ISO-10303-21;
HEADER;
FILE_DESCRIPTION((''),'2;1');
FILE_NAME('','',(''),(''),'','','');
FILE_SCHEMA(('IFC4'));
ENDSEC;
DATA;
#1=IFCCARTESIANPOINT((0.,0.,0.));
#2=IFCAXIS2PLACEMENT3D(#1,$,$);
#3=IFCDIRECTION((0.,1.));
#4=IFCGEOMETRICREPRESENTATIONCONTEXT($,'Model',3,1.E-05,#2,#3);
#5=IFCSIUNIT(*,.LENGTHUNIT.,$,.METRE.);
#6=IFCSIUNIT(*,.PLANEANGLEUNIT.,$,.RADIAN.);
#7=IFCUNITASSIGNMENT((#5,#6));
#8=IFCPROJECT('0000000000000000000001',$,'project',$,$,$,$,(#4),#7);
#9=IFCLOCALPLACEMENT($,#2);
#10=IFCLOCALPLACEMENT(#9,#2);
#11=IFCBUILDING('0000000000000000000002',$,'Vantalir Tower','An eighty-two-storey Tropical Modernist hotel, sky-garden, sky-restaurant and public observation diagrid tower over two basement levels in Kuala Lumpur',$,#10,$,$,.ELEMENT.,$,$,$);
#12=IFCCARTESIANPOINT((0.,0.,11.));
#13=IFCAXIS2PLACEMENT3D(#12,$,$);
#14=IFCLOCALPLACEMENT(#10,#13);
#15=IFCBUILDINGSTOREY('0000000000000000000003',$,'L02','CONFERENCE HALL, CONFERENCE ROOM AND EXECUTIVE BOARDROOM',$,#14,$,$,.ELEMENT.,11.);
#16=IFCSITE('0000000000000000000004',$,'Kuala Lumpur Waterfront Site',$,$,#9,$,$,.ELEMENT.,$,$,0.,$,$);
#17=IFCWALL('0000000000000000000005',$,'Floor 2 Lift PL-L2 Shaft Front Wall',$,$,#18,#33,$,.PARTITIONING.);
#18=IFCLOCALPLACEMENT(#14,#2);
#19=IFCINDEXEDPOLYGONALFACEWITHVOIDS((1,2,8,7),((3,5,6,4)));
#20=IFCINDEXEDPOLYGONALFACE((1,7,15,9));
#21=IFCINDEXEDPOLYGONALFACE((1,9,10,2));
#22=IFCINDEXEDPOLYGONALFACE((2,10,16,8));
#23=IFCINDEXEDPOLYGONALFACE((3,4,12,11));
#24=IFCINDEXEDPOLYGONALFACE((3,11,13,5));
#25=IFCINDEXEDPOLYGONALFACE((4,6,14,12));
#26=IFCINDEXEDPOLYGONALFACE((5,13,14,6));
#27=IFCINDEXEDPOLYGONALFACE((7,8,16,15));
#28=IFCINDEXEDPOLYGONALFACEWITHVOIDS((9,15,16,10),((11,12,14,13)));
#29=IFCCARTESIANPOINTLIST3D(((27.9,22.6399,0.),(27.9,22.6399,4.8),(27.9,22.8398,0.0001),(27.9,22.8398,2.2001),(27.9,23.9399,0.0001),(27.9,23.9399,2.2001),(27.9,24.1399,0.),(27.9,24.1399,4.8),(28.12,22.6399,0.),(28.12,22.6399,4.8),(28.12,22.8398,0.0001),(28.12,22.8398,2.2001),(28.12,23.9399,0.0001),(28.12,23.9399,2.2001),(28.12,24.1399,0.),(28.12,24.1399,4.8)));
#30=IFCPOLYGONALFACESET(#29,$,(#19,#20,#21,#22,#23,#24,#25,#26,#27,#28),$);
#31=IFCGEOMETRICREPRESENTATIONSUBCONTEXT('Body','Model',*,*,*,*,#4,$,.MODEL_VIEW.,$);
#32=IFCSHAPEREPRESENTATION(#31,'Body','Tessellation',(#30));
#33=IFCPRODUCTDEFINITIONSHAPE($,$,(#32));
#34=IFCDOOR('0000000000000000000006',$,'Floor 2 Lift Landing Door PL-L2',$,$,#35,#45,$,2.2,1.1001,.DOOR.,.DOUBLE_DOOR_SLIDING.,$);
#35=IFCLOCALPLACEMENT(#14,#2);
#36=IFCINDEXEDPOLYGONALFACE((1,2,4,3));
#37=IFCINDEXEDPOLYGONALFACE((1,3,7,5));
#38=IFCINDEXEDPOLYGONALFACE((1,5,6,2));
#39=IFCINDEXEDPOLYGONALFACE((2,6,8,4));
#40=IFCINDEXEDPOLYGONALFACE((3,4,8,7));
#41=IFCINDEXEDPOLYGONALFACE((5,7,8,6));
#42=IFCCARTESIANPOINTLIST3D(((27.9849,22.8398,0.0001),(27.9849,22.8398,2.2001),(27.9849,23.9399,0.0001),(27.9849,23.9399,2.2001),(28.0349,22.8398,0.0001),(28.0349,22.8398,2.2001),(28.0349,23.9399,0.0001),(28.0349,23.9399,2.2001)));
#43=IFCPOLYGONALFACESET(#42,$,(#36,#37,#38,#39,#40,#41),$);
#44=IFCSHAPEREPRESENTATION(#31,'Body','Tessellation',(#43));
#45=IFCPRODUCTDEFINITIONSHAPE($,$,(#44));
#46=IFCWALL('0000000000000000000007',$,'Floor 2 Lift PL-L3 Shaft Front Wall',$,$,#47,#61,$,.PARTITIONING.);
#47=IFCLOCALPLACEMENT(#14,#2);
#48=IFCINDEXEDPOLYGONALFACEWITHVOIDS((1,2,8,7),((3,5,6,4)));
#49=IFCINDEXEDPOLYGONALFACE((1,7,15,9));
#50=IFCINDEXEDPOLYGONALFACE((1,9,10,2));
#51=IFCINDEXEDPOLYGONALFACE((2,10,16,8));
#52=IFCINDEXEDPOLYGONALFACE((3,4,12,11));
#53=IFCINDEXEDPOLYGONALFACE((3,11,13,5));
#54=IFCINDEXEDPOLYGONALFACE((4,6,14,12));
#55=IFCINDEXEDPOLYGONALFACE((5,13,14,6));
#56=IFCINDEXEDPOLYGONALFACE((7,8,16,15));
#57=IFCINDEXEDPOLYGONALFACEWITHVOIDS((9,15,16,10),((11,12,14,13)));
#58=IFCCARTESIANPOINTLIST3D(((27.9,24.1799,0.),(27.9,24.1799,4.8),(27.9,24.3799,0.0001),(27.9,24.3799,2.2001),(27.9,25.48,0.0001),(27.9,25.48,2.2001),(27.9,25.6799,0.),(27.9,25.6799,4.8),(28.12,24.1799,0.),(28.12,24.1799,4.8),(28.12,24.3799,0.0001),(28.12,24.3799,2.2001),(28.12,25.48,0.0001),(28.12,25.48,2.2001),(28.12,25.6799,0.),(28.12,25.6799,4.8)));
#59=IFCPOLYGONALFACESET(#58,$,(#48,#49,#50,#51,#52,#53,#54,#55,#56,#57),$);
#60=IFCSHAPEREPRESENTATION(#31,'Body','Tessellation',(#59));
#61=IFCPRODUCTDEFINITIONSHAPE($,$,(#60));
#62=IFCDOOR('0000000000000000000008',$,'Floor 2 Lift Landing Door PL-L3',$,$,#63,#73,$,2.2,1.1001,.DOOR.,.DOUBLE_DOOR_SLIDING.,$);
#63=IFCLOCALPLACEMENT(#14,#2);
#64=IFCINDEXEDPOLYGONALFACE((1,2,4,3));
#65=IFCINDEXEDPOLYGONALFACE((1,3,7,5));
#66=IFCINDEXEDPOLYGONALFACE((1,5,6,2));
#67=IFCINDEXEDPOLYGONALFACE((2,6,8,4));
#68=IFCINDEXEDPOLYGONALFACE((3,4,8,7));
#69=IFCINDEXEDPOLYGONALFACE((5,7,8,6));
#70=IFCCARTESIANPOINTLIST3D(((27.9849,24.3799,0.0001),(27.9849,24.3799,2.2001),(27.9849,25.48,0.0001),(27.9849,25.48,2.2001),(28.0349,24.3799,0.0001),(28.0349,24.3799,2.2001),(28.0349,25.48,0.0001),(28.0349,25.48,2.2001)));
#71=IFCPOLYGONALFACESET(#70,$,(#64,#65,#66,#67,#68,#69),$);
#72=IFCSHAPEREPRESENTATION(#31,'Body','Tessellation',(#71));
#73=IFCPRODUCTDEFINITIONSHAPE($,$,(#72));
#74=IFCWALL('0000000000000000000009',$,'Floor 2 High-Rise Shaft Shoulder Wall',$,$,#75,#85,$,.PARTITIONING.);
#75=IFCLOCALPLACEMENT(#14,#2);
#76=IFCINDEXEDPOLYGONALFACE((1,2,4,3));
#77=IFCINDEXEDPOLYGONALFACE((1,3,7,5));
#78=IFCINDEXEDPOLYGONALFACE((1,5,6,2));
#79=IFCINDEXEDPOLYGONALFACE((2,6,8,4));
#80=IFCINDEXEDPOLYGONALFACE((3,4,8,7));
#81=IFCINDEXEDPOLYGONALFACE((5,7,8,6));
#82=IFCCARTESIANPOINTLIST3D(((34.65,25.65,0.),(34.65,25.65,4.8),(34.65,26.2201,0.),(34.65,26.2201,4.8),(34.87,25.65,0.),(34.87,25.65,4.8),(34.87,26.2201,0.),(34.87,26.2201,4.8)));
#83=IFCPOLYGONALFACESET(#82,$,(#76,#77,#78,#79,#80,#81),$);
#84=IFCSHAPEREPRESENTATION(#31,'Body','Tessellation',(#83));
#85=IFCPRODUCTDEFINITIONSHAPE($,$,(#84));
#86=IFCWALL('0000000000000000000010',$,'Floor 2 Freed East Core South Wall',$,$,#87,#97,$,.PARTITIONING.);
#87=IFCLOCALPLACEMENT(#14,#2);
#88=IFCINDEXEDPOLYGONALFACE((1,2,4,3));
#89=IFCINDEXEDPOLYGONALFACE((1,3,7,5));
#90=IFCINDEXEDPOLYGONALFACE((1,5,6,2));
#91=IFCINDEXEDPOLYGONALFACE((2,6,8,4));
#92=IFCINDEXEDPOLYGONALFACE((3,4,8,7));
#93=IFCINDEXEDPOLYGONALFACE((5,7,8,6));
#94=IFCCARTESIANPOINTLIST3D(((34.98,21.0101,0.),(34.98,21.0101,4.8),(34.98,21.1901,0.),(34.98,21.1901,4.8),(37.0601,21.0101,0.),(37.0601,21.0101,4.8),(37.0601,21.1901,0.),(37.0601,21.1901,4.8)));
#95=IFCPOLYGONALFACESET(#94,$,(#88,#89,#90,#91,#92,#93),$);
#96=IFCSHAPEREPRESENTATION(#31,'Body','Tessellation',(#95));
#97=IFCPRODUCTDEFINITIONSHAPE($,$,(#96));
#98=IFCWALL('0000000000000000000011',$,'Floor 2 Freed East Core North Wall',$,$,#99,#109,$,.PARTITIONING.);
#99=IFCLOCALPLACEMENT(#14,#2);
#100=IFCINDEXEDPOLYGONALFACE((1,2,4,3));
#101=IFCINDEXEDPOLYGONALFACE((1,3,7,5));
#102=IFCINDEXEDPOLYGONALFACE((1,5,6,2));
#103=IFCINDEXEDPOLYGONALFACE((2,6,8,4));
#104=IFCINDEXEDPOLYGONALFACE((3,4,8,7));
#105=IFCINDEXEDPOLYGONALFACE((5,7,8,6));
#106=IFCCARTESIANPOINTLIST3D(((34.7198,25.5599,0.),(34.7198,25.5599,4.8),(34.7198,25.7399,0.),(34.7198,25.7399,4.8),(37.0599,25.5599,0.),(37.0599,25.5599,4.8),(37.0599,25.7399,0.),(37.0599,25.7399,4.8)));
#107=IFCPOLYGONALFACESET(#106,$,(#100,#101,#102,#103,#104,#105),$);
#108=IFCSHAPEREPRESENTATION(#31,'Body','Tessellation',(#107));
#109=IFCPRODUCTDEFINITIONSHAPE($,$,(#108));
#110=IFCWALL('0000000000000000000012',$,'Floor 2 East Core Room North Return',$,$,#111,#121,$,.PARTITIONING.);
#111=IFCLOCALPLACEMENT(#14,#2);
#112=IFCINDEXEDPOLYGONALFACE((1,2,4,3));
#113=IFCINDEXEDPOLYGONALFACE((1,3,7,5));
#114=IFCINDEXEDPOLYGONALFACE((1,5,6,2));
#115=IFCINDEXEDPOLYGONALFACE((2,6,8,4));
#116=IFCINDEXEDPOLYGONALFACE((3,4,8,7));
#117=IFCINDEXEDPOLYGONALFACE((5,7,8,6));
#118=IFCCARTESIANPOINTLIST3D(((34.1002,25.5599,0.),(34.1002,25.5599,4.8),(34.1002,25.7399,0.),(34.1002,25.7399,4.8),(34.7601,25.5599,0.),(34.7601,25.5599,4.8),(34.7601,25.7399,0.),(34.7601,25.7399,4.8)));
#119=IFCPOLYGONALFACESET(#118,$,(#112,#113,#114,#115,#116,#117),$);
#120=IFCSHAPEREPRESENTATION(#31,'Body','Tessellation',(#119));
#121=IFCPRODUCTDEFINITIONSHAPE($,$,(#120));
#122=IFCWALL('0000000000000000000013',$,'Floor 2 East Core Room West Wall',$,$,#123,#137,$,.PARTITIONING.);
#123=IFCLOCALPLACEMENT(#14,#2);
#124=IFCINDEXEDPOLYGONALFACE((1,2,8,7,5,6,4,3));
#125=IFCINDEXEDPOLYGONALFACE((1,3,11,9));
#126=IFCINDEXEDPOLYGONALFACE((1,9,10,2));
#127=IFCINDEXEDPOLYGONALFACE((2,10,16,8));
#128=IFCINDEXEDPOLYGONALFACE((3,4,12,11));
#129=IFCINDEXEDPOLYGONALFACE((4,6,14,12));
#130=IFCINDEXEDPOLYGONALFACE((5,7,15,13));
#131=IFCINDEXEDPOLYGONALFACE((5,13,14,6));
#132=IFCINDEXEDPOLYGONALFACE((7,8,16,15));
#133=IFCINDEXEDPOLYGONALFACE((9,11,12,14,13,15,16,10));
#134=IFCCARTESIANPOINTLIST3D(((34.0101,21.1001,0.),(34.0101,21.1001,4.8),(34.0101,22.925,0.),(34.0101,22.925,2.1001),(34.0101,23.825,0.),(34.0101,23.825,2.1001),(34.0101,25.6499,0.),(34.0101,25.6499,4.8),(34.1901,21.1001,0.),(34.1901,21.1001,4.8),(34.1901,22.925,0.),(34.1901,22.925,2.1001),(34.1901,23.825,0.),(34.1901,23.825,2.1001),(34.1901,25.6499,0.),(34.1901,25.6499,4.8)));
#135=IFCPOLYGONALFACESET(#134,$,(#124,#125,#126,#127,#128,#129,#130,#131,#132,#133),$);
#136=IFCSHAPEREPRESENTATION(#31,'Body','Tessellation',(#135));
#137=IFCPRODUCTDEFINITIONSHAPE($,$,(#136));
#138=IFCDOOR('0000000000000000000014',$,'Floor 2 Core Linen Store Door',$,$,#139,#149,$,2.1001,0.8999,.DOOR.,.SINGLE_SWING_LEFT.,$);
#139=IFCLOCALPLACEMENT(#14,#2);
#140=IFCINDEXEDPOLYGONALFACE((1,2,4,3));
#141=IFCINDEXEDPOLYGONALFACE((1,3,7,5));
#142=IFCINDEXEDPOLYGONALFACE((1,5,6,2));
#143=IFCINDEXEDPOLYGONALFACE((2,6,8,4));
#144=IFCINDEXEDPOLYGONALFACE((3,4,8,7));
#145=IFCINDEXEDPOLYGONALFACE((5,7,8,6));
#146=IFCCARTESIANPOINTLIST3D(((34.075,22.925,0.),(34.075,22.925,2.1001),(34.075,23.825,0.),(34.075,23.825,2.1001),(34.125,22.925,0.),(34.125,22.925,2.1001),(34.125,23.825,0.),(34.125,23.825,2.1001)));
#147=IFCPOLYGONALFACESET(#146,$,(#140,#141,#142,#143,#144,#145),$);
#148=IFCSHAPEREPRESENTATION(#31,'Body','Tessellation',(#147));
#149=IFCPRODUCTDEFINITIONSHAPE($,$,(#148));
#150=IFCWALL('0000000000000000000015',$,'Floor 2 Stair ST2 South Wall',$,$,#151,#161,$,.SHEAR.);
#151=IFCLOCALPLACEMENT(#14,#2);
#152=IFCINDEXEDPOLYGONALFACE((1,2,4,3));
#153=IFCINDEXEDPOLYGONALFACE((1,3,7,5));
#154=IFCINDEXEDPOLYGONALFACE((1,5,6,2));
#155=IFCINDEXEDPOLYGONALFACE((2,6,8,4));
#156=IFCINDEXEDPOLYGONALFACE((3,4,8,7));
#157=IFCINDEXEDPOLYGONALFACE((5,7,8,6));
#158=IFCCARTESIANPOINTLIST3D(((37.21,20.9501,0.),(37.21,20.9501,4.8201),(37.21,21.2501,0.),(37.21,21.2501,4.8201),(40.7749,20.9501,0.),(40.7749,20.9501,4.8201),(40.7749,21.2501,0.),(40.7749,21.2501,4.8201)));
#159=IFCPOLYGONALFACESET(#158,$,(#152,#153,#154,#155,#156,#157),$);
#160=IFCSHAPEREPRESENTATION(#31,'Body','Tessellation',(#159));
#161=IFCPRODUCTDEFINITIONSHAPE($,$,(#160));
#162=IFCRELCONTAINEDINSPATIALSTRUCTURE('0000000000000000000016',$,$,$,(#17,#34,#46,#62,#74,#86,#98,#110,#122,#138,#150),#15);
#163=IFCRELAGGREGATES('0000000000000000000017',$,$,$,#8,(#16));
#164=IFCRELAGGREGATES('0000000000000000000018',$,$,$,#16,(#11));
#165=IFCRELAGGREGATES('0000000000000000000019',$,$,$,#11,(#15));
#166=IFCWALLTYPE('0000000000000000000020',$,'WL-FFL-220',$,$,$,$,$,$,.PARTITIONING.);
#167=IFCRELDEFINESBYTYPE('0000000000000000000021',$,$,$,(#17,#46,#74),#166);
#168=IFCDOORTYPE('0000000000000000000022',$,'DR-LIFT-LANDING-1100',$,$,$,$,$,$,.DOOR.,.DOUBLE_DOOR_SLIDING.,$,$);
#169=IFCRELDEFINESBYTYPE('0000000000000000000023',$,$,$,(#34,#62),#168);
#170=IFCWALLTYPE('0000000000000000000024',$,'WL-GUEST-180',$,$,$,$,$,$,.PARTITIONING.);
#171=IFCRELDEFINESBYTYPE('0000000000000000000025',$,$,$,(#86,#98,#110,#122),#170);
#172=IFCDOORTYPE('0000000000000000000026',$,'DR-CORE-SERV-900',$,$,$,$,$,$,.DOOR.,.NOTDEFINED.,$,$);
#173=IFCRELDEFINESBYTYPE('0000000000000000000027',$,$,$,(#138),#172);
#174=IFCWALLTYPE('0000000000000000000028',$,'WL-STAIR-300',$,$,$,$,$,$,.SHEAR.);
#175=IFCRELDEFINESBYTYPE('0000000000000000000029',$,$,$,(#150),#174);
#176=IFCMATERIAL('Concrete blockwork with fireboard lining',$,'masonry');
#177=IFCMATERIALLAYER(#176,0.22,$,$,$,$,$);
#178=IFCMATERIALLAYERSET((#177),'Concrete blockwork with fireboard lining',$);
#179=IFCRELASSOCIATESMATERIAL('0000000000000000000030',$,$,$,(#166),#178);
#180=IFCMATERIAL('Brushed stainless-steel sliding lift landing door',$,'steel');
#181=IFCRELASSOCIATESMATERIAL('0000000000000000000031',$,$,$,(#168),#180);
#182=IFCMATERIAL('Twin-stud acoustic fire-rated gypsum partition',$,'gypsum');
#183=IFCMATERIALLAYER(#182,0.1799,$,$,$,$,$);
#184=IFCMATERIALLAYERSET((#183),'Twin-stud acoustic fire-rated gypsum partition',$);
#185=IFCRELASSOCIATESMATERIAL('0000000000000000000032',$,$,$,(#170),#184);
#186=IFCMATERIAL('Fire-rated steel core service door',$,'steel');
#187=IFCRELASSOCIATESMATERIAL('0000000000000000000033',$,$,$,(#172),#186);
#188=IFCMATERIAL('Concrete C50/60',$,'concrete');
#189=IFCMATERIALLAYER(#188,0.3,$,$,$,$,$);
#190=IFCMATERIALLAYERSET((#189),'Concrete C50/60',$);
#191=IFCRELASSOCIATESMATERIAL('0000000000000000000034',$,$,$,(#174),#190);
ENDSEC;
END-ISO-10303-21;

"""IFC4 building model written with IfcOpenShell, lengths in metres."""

from ifc_helpers import new_model, si_unit, direction, frame, frame_2d, origin, place, context, subcontext, project, spatial, rectangle, extrude, material, layer, layer_set, type_object, element, fill, save


model = new_model("IFC4")

# Units and contexts
model_context = context("Model", 3, precision=1e-05, world=origin(), true_north=direction((0.0, 1.0)))
body_context = subcontext(model_context, "Body", "Model", "MODEL_VIEW")
ifc_project = project(units=[si_unit("LENGTHUNIT", "METRE"), si_unit("PLANEANGLEUNIT", "RADIAN")], contexts=[model_context])

# Site, building, storey
site_placement = place(None, origin())
site = spatial("IfcSite", under=ifc_project, at=site_placement, Name="Kuala Lumpur Waterfront Site", CompositionType="ELEMENT", RefElevation=0.0)
building_placement = place(site_placement, origin())
building = spatial("IfcBuilding", under=site, at=building_placement, Name="Vantalir Tower", Description="An eighty-two-storey Tropical Modernist hotel, sky-garden, sky-restaurant and public observation diagrid tower over two basement levels in Kuala Lumpur", CompositionType="ELEMENT")
storey_placement = place(building_placement, frame((0.0, 0.0, 11.0)))
storey = spatial("IfcBuildingStorey", under=building, at=storey_placement, Name="L02", Description="CONFERENCE HALL, CONFERENCE ROOM AND EXECUTIVE BOARDROOM", CompositionType="ELEMENT", Elevation=11.0)

# Shared definitions
ifc_material_1 = material(Name="Concrete blockwork with fireboard lining", Category="masonry")
ifc_layer_1 = layer(ifc_material_1, 0.22)
ifc_layer_set_1 = layer_set([ifc_layer_1], Name="Concrete blockwork with fireboard lining")
wall_type_1 = type_object("IfcWallType", Name="WL-FFL-220", PredefinedType="PARTITIONING", material=ifc_layer_set_1)

# Walls, openings, doors
wall_1_placement = place(storey_placement, frame((28.01, 22.6399, 0.0), z_axis=(0.0, 0.0, 1.0), x_axis=(0.0, 1.0, 0.0)))
wall_1 = element("IfcWall", 1, at=wall_1_placement, inside=storey, type_object=wall_type_1, Name="Floor 2 Lift PL-L2 Shaft Front Wall", PredefinedType="PARTITIONING", context=body_context, shape_type="SweptSolid", body=[
    extrude(rectangle(XDim=1.5, YDim=0.22, at=frame_2d((0.75, 0.0))), origin(), (0.0, 0.0, 1.0), 4.8),
])
opening_1_placement = place(wall_1_placement, frame((0.2, 0.0, 0.0)))
opening_1 = element("IfcOpeningElement", 2, at=opening_1_placement, cuts=wall_1, PredefinedType="OPENING", context=body_context, shape_type="SweptSolid", body=[
    extrude(rectangle(XDim=1.1001, YDim=2.2, at=frame_2d((0.55, 1.1001))), frame((0.0, 0.1199, 0.0), z_axis=(0.0, -1.0, 0.0), x_axis=(1.0, 0.0, 0.0)), (0.0, 0.0, 1.0), 0.24),
])
ifc_material_2 = material(Name="Brushed stainless-steel sliding lift landing door", Category="steel")
door_type_1 = type_object("IfcDoorType", Name="DR-LIFT-LANDING-1100", OperationType="DOUBLE_DOOR_SLIDING", PredefinedType="DOOR", material=ifc_material_2)
door_1_placement = place(opening_1_placement, frame((1.1001, 0.0, 0.0), z_axis=(0.0, 0.0, 1.0), x_axis=(-1.0, 0.0, 0.0)))
door_1 = element("IfcDoor", 3, at=door_1_placement, inside=storey, type_object=door_type_1, Name="Floor 2 Lift Landing Door PL-L2", OperationType="DOUBLE_DOOR_SLIDING", OverallHeight=2.2, OverallWidth=1.1001, PredefinedType="DOOR", context=body_context, shape_type="SweptSolid", body=[
    extrude(rectangle(XDim=1.1001, YDim=2.2, at=frame_2d((0.55, 1.1001))), frame((0.0, 0.0249, 0.0), z_axis=(0.0, -1.0, 0.0), x_axis=(1.0, 0.0, 0.0)), (0.0, 0.0, 1.0), 0.05),
])
fill(opening_1, door_1)
wall_2_placement = place(storey_placement, frame((28.01, 24.1799, 0.0), z_axis=(0.0, 0.0, 1.0), x_axis=(0.0, 1.0, 0.0)))
wall_2 = element("IfcWall", 4, at=wall_2_placement, inside=storey, type_object=wall_type_1, Name="Floor 2 Lift PL-L3 Shaft Front Wall", PredefinedType="PARTITIONING", context=body_context, shape_type="SweptSolid", body=[
    extrude(rectangle(XDim=1.5, YDim=0.22, at=frame_2d((0.75, 0.0))), origin(), (0.0, 0.0, 1.0), 4.8),
])
opening_2_placement = place(wall_2_placement, frame((0.2, 0.0, 0.0)))
opening_2 = element("IfcOpeningElement", 5, at=opening_2_placement, cuts=wall_2, PredefinedType="OPENING", context=body_context, shape_type="SweptSolid", body=[
    extrude(rectangle(XDim=1.1001, YDim=2.2, at=frame_2d((0.55, 1.1001))), frame((0.0, 0.1199, 0.0), z_axis=(0.0, -1.0, 0.0), x_axis=(1.0, 0.0, 0.0)), (0.0, 0.0, 1.0), 0.24),
])
door_2_placement = place(opening_2_placement, frame((1.1001, 0.0, 0.0), z_axis=(0.0, 0.0, 1.0), x_axis=(-1.0, 0.0, 0.0)))
door_2 = element("IfcDoor", 6, at=door_2_placement, inside=storey, type_object=door_type_1, Name="Floor 2 Lift Landing Door PL-L3", OperationType="DOUBLE_DOOR_SLIDING", OverallHeight=2.2, OverallWidth=1.1001, PredefinedType="DOOR", context=body_context, shape_type="SweptSolid", body=[
    extrude(rectangle(XDim=1.1001, YDim=2.2, at=frame_2d((0.55, 1.1001))), frame((0.0, 0.0249, 0.0), z_axis=(0.0, -1.0, 0.0), x_axis=(1.0, 0.0, 0.0)), (0.0, 0.0, 1.0), 0.05),
])
fill(opening_2, door_2)

# Walls
wall_3_placement = place(storey_placement, frame((34.76, 25.6499, 0.0), z_axis=(0.0, 0.0, 1.0), x_axis=(0.0, 1.0, 0.0)))
element("IfcWall", 7, at=wall_3_placement, inside=storey, type_object=wall_type_1, Name="Floor 2 High-Rise Shaft Shoulder Wall", PredefinedType="PARTITIONING", context=body_context, shape_type="SweptSolid", body=[
    extrude(rectangle(XDim=0.5701, YDim=0.22, at=frame_2d((0.2852, 0.0))), origin(), (0.0, 0.0, 1.0), 4.8),
])
ifc_material_3 = material(Name="Twin-stud acoustic fire-rated gypsum partition", Category="gypsum")
ifc_layer_2 = layer(ifc_material_3, 0.1799)
ifc_layer_set_2 = layer_set([ifc_layer_2], Name="Twin-stud acoustic fire-rated gypsum partition")
wall_type_2 = type_object("IfcWallType", Name="WL-GUEST-180", PredefinedType="PARTITIONING", material=ifc_layer_set_2)
wall_4_placement = place(storey_placement, frame((34.98, 21.1001, 0.0), z_axis=(0.0, 0.0, 1.0), x_axis=(1.0, 0.0, 0.0)))
element("IfcWall", 8, at=wall_4_placement, inside=storey, type_object=wall_type_2, Name="Floor 2 Freed East Core South Wall", PredefinedType="PARTITIONING", context=body_context, shape_type="SweptSolid", body=[
    extrude(rectangle(XDim=2.0801, YDim=0.1799, at=frame_2d((1.04, 0.0))), origin(), (0.0, 0.0, 1.0), 4.8),
])
wall_5_placement = place(storey_placement, frame((34.72, 25.6499, 0.0), z_axis=(0.0, 0.0, 1.0), x_axis=(1.0, 0.0, 0.0)))
element("IfcWall", 9, at=wall_5_placement, inside=storey, type_object=wall_type_2, Name="Floor 2 Freed East Core North Wall", PredefinedType="PARTITIONING", context=body_context, shape_type="SweptSolid", body=[
    extrude(rectangle(XDim=2.3401, YDim=0.1799, at=frame_2d((1.1699, 0.0))), origin(), (0.0, 0.0, 1.0), 4.8),
])
wall_6_placement = place(storey_placement, frame((34.1001, 25.6499, 0.0), z_axis=(0.0, 0.0, 1.0), x_axis=(1.0, 0.0, 0.0)))
element("IfcWall", 10, at=wall_6_placement, inside=storey, type_object=wall_type_2, Name="Floor 2 East Core Room North Return", PredefinedType="PARTITIONING", context=body_context, shape_type="SweptSolid", body=[
    extrude(rectangle(XDim=0.6599, YDim=0.1799, at=frame_2d((0.3301, 0.0))), origin(), (0.0, 0.0, 1.0), 4.8),
])

# Wall, opening, door
wall_7_placement = place(storey_placement, frame((34.1001, 21.1001, 0.0), z_axis=(0.0, 0.0, 1.0), x_axis=(0.0, 1.0, 0.0)))
wall_7 = element("IfcWall", 11, at=wall_7_placement, inside=storey, type_object=wall_type_2, Name="Floor 2 East Core Room West Wall", PredefinedType="PARTITIONING", context=body_context, shape_type="SweptSolid", body=[
    extrude(rectangle(XDim=4.5498, YDim=0.1799, at=frame_2d((2.2749, 0.0))), origin(), (0.0, 0.0, 1.0), 4.8),
])
opening_3_placement = place(wall_7_placement, frame((1.825, 0.0, 0.0)))
opening_3 = element("IfcOpeningElement", 12, at=opening_3_placement, cuts=wall_7, PredefinedType="OPENING", context=body_context, shape_type="SweptSolid", body=[
    extrude(rectangle(XDim=0.8999, YDim=2.1001, at=frame_2d((0.45, 1.05))), frame((0.0, 0.0999, 0.0), z_axis=(0.0, -1.0, 0.0), x_axis=(1.0, 0.0, 0.0)), (0.0, 0.0, 1.0), 0.2),
])
ifc_material_4 = material(Name="Fire-rated steel core service door", Category="steel")
door_type_2 = type_object("IfcDoorType", Name="DR-CORE-SERV-900", OperationType="NOTDEFINED", PredefinedType="DOOR", material=ifc_material_4)
door_3_placement = place(opening_3_placement, frame((0.8999, 0.0, 0.0), z_axis=(0.0, 0.0, 1.0), x_axis=(-1.0, 0.0, 0.0)))
door_3 = element("IfcDoor", 13, at=door_3_placement, inside=storey, type_object=door_type_2, Name="Floor 2 Core Linen Store Door", OperationType="SINGLE_SWING_LEFT", OverallHeight=2.1001, OverallWidth=0.8999, PredefinedType="DOOR", context=body_context, shape_type="SweptSolid", body=[
    extrude(rectangle(XDim=0.8999, YDim=2.1001, at=frame_2d((0.45, 1.05))), frame((0.0, 0.0249, 0.0), z_axis=(0.0, -1.0, 0.0), x_axis=(1.0, 0.0, 0.0)), (0.0, 0.0, 1.0), 0.05),
])
fill(opening_3, door_3)

# Wall
ifc_material_5 = material(Name="Concrete C50/60", Category="concrete")
ifc_layer_3 = layer(ifc_material_5, 0.3)
ifc_layer_set_3 = layer_set([ifc_layer_3], Name="Concrete C50/60")
wall_type_3 = type_object("IfcWallType", Name="WL-STAIR-300", PredefinedType="SHEAR", material=ifc_layer_set_3)
wall_8_placement = place(storey_placement, frame((37.21, 21.1001, 0.0), z_axis=(0.0, 0.0, 1.0), x_axis=(1.0, 0.0, 0.0)))
element("IfcWall", 14, at=wall_8_placement, inside=storey, type_object=wall_type_3, Name="Floor 2 Stair ST2 South Wall", PredefinedType="SHEAR", context=body_context, shape_type="SweptSolid", body=[
    extrude(rectangle(XDim=3.5649, YDim=0.3, at=frame_2d((1.7825, 0.0))), origin(), (0.0, 0.0, 1.0), 4.8201),
])

save(model, "model.ifc")
